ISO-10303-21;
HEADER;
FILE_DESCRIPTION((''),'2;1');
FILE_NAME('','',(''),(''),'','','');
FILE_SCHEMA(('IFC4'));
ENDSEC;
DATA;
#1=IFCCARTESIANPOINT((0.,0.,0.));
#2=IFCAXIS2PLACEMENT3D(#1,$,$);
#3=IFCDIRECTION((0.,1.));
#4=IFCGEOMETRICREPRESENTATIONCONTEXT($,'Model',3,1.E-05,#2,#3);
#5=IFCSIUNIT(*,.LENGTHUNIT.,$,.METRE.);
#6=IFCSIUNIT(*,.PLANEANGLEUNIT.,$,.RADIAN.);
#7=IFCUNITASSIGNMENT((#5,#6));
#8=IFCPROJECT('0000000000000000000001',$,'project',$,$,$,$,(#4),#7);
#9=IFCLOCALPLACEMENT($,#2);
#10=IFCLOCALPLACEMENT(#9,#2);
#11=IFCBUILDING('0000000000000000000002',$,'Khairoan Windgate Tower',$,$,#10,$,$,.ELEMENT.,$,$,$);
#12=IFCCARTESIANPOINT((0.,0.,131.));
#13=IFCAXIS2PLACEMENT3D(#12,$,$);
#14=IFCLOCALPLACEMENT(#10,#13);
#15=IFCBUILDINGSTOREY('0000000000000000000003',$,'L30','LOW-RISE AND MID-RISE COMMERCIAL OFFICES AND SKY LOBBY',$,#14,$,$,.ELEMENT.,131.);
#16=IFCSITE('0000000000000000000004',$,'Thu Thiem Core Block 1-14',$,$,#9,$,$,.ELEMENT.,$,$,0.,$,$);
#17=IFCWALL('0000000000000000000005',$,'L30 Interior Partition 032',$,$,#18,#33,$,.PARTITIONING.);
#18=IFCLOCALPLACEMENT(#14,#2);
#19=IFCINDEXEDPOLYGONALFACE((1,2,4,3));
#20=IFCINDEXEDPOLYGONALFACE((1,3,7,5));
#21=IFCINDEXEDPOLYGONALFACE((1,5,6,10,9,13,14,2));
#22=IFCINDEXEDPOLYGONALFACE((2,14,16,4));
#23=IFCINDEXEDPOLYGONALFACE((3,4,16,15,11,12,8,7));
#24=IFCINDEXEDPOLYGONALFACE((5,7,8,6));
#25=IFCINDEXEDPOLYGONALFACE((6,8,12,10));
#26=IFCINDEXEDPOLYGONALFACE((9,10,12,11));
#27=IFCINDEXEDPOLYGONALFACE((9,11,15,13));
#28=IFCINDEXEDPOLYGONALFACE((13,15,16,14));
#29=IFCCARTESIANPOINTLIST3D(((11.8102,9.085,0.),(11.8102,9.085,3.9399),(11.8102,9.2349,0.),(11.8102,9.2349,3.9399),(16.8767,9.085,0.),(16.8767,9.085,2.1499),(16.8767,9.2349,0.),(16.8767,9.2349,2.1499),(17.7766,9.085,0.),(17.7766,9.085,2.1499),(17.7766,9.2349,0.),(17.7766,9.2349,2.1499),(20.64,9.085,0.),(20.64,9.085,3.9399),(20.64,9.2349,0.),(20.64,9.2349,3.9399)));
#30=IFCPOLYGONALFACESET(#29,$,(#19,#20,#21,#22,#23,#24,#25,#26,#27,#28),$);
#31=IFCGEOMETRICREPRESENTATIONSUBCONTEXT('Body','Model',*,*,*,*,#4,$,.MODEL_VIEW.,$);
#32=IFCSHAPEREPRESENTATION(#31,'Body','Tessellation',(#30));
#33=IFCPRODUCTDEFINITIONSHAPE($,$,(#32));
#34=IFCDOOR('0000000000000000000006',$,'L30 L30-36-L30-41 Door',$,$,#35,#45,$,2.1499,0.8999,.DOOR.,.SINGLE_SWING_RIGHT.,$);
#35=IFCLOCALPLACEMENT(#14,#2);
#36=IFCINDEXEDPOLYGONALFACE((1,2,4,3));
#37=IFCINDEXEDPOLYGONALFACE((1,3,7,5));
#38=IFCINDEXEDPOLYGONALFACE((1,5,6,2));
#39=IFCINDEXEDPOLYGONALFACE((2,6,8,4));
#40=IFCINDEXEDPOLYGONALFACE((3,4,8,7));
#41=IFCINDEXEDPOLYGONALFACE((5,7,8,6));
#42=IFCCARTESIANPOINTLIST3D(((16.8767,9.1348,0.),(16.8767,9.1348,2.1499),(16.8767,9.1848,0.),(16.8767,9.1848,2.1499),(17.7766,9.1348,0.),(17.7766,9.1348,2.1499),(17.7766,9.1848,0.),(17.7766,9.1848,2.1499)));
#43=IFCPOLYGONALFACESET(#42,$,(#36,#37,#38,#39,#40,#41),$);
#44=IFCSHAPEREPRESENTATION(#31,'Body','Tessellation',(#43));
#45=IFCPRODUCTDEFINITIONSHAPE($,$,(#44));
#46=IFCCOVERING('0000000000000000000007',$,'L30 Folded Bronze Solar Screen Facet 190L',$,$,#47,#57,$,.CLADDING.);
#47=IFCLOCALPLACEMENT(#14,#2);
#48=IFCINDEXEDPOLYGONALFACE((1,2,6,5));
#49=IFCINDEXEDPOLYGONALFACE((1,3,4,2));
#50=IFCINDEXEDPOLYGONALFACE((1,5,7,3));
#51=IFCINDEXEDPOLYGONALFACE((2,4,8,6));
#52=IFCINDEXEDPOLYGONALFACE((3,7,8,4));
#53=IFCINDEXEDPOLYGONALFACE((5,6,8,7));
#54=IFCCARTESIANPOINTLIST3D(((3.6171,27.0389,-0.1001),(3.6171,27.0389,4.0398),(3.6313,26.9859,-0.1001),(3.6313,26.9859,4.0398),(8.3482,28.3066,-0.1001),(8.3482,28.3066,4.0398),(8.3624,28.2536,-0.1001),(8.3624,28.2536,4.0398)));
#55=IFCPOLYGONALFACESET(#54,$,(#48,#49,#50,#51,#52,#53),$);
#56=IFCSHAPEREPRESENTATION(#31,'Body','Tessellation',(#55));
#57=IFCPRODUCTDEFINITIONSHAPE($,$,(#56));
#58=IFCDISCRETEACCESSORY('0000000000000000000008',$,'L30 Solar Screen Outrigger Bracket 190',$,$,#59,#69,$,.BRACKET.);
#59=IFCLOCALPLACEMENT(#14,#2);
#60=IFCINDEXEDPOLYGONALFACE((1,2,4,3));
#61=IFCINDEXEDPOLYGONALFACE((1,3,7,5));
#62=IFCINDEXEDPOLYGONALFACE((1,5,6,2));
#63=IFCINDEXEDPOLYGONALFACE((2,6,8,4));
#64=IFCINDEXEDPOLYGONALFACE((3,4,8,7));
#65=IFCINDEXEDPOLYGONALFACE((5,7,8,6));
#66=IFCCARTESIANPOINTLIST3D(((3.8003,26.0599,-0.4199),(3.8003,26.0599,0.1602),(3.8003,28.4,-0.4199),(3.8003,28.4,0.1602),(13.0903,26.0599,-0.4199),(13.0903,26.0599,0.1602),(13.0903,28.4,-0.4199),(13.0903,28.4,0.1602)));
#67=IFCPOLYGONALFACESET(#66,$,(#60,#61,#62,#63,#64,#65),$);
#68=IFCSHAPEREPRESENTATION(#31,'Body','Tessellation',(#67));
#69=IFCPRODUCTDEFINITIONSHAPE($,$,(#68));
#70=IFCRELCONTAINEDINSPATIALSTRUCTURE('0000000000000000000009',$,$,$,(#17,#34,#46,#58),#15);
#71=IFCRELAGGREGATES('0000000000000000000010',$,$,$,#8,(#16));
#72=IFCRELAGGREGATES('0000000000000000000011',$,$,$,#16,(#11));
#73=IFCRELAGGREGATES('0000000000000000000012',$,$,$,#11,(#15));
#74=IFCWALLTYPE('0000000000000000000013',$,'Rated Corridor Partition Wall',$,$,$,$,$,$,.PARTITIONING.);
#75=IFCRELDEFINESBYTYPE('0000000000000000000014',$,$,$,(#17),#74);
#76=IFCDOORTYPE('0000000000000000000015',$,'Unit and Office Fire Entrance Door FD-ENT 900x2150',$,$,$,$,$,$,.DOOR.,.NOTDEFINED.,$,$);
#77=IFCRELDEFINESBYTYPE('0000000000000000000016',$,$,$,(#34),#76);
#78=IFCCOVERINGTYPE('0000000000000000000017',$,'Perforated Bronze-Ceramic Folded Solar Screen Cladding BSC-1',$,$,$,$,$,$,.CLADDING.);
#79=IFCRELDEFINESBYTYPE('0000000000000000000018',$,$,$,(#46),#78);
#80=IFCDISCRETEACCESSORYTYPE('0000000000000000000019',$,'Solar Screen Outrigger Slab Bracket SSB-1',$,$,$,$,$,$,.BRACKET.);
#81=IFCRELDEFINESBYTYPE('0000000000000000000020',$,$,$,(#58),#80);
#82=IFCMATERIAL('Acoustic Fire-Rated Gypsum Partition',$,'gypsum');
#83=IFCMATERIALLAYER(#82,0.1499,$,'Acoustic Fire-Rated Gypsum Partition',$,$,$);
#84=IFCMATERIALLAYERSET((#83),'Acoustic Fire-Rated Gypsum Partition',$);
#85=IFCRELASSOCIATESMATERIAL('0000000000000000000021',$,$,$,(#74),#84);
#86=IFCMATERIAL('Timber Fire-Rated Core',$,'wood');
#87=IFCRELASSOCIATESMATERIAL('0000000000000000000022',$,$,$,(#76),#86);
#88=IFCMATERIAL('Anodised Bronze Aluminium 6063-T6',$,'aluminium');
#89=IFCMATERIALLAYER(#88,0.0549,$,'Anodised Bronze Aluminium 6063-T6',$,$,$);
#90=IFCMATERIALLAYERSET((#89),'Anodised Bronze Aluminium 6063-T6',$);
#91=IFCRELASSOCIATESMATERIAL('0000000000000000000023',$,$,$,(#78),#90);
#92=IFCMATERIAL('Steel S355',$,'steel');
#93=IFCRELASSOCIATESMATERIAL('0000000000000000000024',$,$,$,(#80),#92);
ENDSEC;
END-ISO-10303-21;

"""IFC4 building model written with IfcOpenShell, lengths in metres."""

from ifc_helpers import new_model, si_unit, direction, frame, frame_2d, origin, origin_2d, place, context, subcontext, project, spatial, rectangle, extrude, material, layer, layer_set, type_object, element, fill, save


model = new_model("IFC4")

# Units and contexts
model_context = context("Model", 3, precision=1e-05, world=origin(), true_north=direction((0.0, 1.0)))
body_context = subcontext(model_context, "Body", "Model", "MODEL_VIEW")
ifc_project = project(units=[si_unit("LENGTHUNIT", "METRE"), si_unit("PLANEANGLEUNIT", "RADIAN")], contexts=[model_context])

# Site, building, storey
site_placement = place(None, origin())
site = spatial("IfcSite", under=ifc_project, at=site_placement, Name="Thu Thiem Core Block 1-14", CompositionType="ELEMENT", RefElevation=0.0)
building_placement = place(site_placement, origin())
building = spatial("IfcBuilding", under=site, at=building_placement, Name="Khairoan Windgate Tower", CompositionType="ELEMENT")
storey_placement = place(building_placement, frame((0.0, 0.0, 131.0)))
storey = spatial("IfcBuildingStorey", under=building, at=storey_placement, Name="L30", Description="LOW-RISE AND MID-RISE COMMERCIAL OFFICES AND SKY LOBBY", CompositionType="ELEMENT", Elevation=131.0)

# Wall, opening, door
ifc_material_1 = material(Name="Acoustic Fire-Rated Gypsum Partition", Category="gypsum")
ifc_layer_1 = layer(ifc_material_1, 0.1499, Name="Acoustic Fire-Rated Gypsum Partition")
ifc_layer_set_1 = layer_set([ifc_layer_1], Name="Acoustic Fire-Rated Gypsum Partition")
wall_type_1 = type_object("IfcWallType", Name="Rated Corridor Partition Wall", PredefinedType="PARTITIONING", material=ifc_layer_set_1)
wall_1_placement = place(storey_placement, frame((11.8101, 9.1599, 0.0), z_axis=(0.0, 0.0, 1.0), x_axis=(1.0, 0.0, 0.0)))
wall_1 = element("IfcWall", 1, at=wall_1_placement, inside=storey, type_object=wall_type_1, Name="L30 Interior Partition 032", PredefinedType="PARTITIONING", context=body_context, shape_type="SweptSolid", body=[
    extrude(rectangle(XDim=8.8298, YDim=0.1499, at=frame_2d((4.415, 0.0))), origin(), (0.0, 0.0, 1.0), 3.9399),
])
opening_1_placement = place(wall_1_placement, frame((5.0667, 0.0, 0.0)))
opening_1 = element("IfcOpeningElement", 2, at=opening_1_placement, cuts=wall_1, PredefinedType="OPENING", context=body_context, shape_type="SweptSolid", body=[
    extrude(rectangle(XDim=0.8999, YDim=2.1499, at=frame_2d((0.45, 1.075))), frame((0.0, 0.085, 0.0), z_axis=(0.0, -1.0, 0.0), x_axis=(1.0, 0.0, 0.0)), (0.0, 0.0, 1.0), 0.1699),
])
ifc_material_2 = material(Name="Timber Fire-Rated Core", Category="wood")
door_type_1 = type_object("IfcDoorType", Name="Unit and Office Fire Entrance Door FD-ENT 900x2150", OperationType="NOTDEFINED", PredefinedType="DOOR", material=ifc_material_2)
door_1_placement = place(opening_1_placement, origin())
door_1 = element("IfcDoor", 3, at=door_1_placement, inside=storey, type_object=door_type_1, Name="L30 L30-36-L30-41 Door", OperationType="SINGLE_SWING_RIGHT", OverallHeight=2.1499, OverallWidth=0.8999, PredefinedType="DOOR", context=body_context, shape_type="SweptSolid", body=[
    extrude(rectangle(XDim=0.8999, YDim=2.1499, at=frame_2d((0.45, 1.075))), frame((0.0, 0.0249, 0.0), z_axis=(0.0, -1.0, 0.0), x_axis=(1.0, 0.0, 0.0)), (0.0, 0.0, 1.0), 0.05),
])
fill(opening_1, door_1)

# Covering
ifc_material_3 = material(Name="Anodised Bronze Aluminium 6063-T6", Category="aluminium")
ifc_layer_2 = layer(ifc_material_3, 0.0549, Name="Anodised Bronze Aluminium 6063-T6")
ifc_layer_set_2 = layer_set([ifc_layer_2], Name="Anodised Bronze Aluminium 6063-T6")
covering_type = type_object("IfcCoveringType", Name="Perforated Bronze-Ceramic Folded Solar Screen Cladding BSC-1", PredefinedType="CLADDING", material=ifc_layer_set_2)
covering_placement = place(storey_placement, frame((5.9897, 27.6462, -0.1001), z_axis=(0.0, 0.0, 1.0), x_axis=(0.965926, 0.258819, 0.0)))
element("IfcCovering", 4, at=covering_placement, inside=storey, type_object=covering_type, Name="L30 Folded Bronze Solar Screen Facet 190L", PredefinedType="CLADDING", context=body_context, shape_type="SweptSolid", body=[
    extrude(rectangle(XDim=4.8979, YDim=0.0549, at=origin_2d()), origin(), (0.0, 0.0, 1.0), 4.1399),
])

# Discrete accessory
ifc_material_4 = material(Name="Steel S355", Category="steel")
discrete_accessory_type = type_object("IfcDiscreteAccessoryType", Name="Solar Screen Outrigger Slab Bracket SSB-1", PredefinedType="BRACKET", material=ifc_material_4)
discrete_accessory_placement = place(storey_placement, frame((8.4453, 27.23, -0.4199), z_axis=(0.0, 0.0, 1.0), x_axis=(1.0, 0.0, 0.0)))
element("IfcDiscreteAccessory", 5, at=discrete_accessory_placement, inside=storey, type_object=discrete_accessory_type, Name="L30 Solar Screen Outrigger Bracket 190", PredefinedType="BRACKET", context=body_context, shape_type="SweptSolid", body=[
    extrude(rectangle(XDim=9.29, YDim=2.3401, at=origin_2d()), origin(), (0.0, 0.0, 1.0), 0.5801),
])

save(model, "model.ifc")
